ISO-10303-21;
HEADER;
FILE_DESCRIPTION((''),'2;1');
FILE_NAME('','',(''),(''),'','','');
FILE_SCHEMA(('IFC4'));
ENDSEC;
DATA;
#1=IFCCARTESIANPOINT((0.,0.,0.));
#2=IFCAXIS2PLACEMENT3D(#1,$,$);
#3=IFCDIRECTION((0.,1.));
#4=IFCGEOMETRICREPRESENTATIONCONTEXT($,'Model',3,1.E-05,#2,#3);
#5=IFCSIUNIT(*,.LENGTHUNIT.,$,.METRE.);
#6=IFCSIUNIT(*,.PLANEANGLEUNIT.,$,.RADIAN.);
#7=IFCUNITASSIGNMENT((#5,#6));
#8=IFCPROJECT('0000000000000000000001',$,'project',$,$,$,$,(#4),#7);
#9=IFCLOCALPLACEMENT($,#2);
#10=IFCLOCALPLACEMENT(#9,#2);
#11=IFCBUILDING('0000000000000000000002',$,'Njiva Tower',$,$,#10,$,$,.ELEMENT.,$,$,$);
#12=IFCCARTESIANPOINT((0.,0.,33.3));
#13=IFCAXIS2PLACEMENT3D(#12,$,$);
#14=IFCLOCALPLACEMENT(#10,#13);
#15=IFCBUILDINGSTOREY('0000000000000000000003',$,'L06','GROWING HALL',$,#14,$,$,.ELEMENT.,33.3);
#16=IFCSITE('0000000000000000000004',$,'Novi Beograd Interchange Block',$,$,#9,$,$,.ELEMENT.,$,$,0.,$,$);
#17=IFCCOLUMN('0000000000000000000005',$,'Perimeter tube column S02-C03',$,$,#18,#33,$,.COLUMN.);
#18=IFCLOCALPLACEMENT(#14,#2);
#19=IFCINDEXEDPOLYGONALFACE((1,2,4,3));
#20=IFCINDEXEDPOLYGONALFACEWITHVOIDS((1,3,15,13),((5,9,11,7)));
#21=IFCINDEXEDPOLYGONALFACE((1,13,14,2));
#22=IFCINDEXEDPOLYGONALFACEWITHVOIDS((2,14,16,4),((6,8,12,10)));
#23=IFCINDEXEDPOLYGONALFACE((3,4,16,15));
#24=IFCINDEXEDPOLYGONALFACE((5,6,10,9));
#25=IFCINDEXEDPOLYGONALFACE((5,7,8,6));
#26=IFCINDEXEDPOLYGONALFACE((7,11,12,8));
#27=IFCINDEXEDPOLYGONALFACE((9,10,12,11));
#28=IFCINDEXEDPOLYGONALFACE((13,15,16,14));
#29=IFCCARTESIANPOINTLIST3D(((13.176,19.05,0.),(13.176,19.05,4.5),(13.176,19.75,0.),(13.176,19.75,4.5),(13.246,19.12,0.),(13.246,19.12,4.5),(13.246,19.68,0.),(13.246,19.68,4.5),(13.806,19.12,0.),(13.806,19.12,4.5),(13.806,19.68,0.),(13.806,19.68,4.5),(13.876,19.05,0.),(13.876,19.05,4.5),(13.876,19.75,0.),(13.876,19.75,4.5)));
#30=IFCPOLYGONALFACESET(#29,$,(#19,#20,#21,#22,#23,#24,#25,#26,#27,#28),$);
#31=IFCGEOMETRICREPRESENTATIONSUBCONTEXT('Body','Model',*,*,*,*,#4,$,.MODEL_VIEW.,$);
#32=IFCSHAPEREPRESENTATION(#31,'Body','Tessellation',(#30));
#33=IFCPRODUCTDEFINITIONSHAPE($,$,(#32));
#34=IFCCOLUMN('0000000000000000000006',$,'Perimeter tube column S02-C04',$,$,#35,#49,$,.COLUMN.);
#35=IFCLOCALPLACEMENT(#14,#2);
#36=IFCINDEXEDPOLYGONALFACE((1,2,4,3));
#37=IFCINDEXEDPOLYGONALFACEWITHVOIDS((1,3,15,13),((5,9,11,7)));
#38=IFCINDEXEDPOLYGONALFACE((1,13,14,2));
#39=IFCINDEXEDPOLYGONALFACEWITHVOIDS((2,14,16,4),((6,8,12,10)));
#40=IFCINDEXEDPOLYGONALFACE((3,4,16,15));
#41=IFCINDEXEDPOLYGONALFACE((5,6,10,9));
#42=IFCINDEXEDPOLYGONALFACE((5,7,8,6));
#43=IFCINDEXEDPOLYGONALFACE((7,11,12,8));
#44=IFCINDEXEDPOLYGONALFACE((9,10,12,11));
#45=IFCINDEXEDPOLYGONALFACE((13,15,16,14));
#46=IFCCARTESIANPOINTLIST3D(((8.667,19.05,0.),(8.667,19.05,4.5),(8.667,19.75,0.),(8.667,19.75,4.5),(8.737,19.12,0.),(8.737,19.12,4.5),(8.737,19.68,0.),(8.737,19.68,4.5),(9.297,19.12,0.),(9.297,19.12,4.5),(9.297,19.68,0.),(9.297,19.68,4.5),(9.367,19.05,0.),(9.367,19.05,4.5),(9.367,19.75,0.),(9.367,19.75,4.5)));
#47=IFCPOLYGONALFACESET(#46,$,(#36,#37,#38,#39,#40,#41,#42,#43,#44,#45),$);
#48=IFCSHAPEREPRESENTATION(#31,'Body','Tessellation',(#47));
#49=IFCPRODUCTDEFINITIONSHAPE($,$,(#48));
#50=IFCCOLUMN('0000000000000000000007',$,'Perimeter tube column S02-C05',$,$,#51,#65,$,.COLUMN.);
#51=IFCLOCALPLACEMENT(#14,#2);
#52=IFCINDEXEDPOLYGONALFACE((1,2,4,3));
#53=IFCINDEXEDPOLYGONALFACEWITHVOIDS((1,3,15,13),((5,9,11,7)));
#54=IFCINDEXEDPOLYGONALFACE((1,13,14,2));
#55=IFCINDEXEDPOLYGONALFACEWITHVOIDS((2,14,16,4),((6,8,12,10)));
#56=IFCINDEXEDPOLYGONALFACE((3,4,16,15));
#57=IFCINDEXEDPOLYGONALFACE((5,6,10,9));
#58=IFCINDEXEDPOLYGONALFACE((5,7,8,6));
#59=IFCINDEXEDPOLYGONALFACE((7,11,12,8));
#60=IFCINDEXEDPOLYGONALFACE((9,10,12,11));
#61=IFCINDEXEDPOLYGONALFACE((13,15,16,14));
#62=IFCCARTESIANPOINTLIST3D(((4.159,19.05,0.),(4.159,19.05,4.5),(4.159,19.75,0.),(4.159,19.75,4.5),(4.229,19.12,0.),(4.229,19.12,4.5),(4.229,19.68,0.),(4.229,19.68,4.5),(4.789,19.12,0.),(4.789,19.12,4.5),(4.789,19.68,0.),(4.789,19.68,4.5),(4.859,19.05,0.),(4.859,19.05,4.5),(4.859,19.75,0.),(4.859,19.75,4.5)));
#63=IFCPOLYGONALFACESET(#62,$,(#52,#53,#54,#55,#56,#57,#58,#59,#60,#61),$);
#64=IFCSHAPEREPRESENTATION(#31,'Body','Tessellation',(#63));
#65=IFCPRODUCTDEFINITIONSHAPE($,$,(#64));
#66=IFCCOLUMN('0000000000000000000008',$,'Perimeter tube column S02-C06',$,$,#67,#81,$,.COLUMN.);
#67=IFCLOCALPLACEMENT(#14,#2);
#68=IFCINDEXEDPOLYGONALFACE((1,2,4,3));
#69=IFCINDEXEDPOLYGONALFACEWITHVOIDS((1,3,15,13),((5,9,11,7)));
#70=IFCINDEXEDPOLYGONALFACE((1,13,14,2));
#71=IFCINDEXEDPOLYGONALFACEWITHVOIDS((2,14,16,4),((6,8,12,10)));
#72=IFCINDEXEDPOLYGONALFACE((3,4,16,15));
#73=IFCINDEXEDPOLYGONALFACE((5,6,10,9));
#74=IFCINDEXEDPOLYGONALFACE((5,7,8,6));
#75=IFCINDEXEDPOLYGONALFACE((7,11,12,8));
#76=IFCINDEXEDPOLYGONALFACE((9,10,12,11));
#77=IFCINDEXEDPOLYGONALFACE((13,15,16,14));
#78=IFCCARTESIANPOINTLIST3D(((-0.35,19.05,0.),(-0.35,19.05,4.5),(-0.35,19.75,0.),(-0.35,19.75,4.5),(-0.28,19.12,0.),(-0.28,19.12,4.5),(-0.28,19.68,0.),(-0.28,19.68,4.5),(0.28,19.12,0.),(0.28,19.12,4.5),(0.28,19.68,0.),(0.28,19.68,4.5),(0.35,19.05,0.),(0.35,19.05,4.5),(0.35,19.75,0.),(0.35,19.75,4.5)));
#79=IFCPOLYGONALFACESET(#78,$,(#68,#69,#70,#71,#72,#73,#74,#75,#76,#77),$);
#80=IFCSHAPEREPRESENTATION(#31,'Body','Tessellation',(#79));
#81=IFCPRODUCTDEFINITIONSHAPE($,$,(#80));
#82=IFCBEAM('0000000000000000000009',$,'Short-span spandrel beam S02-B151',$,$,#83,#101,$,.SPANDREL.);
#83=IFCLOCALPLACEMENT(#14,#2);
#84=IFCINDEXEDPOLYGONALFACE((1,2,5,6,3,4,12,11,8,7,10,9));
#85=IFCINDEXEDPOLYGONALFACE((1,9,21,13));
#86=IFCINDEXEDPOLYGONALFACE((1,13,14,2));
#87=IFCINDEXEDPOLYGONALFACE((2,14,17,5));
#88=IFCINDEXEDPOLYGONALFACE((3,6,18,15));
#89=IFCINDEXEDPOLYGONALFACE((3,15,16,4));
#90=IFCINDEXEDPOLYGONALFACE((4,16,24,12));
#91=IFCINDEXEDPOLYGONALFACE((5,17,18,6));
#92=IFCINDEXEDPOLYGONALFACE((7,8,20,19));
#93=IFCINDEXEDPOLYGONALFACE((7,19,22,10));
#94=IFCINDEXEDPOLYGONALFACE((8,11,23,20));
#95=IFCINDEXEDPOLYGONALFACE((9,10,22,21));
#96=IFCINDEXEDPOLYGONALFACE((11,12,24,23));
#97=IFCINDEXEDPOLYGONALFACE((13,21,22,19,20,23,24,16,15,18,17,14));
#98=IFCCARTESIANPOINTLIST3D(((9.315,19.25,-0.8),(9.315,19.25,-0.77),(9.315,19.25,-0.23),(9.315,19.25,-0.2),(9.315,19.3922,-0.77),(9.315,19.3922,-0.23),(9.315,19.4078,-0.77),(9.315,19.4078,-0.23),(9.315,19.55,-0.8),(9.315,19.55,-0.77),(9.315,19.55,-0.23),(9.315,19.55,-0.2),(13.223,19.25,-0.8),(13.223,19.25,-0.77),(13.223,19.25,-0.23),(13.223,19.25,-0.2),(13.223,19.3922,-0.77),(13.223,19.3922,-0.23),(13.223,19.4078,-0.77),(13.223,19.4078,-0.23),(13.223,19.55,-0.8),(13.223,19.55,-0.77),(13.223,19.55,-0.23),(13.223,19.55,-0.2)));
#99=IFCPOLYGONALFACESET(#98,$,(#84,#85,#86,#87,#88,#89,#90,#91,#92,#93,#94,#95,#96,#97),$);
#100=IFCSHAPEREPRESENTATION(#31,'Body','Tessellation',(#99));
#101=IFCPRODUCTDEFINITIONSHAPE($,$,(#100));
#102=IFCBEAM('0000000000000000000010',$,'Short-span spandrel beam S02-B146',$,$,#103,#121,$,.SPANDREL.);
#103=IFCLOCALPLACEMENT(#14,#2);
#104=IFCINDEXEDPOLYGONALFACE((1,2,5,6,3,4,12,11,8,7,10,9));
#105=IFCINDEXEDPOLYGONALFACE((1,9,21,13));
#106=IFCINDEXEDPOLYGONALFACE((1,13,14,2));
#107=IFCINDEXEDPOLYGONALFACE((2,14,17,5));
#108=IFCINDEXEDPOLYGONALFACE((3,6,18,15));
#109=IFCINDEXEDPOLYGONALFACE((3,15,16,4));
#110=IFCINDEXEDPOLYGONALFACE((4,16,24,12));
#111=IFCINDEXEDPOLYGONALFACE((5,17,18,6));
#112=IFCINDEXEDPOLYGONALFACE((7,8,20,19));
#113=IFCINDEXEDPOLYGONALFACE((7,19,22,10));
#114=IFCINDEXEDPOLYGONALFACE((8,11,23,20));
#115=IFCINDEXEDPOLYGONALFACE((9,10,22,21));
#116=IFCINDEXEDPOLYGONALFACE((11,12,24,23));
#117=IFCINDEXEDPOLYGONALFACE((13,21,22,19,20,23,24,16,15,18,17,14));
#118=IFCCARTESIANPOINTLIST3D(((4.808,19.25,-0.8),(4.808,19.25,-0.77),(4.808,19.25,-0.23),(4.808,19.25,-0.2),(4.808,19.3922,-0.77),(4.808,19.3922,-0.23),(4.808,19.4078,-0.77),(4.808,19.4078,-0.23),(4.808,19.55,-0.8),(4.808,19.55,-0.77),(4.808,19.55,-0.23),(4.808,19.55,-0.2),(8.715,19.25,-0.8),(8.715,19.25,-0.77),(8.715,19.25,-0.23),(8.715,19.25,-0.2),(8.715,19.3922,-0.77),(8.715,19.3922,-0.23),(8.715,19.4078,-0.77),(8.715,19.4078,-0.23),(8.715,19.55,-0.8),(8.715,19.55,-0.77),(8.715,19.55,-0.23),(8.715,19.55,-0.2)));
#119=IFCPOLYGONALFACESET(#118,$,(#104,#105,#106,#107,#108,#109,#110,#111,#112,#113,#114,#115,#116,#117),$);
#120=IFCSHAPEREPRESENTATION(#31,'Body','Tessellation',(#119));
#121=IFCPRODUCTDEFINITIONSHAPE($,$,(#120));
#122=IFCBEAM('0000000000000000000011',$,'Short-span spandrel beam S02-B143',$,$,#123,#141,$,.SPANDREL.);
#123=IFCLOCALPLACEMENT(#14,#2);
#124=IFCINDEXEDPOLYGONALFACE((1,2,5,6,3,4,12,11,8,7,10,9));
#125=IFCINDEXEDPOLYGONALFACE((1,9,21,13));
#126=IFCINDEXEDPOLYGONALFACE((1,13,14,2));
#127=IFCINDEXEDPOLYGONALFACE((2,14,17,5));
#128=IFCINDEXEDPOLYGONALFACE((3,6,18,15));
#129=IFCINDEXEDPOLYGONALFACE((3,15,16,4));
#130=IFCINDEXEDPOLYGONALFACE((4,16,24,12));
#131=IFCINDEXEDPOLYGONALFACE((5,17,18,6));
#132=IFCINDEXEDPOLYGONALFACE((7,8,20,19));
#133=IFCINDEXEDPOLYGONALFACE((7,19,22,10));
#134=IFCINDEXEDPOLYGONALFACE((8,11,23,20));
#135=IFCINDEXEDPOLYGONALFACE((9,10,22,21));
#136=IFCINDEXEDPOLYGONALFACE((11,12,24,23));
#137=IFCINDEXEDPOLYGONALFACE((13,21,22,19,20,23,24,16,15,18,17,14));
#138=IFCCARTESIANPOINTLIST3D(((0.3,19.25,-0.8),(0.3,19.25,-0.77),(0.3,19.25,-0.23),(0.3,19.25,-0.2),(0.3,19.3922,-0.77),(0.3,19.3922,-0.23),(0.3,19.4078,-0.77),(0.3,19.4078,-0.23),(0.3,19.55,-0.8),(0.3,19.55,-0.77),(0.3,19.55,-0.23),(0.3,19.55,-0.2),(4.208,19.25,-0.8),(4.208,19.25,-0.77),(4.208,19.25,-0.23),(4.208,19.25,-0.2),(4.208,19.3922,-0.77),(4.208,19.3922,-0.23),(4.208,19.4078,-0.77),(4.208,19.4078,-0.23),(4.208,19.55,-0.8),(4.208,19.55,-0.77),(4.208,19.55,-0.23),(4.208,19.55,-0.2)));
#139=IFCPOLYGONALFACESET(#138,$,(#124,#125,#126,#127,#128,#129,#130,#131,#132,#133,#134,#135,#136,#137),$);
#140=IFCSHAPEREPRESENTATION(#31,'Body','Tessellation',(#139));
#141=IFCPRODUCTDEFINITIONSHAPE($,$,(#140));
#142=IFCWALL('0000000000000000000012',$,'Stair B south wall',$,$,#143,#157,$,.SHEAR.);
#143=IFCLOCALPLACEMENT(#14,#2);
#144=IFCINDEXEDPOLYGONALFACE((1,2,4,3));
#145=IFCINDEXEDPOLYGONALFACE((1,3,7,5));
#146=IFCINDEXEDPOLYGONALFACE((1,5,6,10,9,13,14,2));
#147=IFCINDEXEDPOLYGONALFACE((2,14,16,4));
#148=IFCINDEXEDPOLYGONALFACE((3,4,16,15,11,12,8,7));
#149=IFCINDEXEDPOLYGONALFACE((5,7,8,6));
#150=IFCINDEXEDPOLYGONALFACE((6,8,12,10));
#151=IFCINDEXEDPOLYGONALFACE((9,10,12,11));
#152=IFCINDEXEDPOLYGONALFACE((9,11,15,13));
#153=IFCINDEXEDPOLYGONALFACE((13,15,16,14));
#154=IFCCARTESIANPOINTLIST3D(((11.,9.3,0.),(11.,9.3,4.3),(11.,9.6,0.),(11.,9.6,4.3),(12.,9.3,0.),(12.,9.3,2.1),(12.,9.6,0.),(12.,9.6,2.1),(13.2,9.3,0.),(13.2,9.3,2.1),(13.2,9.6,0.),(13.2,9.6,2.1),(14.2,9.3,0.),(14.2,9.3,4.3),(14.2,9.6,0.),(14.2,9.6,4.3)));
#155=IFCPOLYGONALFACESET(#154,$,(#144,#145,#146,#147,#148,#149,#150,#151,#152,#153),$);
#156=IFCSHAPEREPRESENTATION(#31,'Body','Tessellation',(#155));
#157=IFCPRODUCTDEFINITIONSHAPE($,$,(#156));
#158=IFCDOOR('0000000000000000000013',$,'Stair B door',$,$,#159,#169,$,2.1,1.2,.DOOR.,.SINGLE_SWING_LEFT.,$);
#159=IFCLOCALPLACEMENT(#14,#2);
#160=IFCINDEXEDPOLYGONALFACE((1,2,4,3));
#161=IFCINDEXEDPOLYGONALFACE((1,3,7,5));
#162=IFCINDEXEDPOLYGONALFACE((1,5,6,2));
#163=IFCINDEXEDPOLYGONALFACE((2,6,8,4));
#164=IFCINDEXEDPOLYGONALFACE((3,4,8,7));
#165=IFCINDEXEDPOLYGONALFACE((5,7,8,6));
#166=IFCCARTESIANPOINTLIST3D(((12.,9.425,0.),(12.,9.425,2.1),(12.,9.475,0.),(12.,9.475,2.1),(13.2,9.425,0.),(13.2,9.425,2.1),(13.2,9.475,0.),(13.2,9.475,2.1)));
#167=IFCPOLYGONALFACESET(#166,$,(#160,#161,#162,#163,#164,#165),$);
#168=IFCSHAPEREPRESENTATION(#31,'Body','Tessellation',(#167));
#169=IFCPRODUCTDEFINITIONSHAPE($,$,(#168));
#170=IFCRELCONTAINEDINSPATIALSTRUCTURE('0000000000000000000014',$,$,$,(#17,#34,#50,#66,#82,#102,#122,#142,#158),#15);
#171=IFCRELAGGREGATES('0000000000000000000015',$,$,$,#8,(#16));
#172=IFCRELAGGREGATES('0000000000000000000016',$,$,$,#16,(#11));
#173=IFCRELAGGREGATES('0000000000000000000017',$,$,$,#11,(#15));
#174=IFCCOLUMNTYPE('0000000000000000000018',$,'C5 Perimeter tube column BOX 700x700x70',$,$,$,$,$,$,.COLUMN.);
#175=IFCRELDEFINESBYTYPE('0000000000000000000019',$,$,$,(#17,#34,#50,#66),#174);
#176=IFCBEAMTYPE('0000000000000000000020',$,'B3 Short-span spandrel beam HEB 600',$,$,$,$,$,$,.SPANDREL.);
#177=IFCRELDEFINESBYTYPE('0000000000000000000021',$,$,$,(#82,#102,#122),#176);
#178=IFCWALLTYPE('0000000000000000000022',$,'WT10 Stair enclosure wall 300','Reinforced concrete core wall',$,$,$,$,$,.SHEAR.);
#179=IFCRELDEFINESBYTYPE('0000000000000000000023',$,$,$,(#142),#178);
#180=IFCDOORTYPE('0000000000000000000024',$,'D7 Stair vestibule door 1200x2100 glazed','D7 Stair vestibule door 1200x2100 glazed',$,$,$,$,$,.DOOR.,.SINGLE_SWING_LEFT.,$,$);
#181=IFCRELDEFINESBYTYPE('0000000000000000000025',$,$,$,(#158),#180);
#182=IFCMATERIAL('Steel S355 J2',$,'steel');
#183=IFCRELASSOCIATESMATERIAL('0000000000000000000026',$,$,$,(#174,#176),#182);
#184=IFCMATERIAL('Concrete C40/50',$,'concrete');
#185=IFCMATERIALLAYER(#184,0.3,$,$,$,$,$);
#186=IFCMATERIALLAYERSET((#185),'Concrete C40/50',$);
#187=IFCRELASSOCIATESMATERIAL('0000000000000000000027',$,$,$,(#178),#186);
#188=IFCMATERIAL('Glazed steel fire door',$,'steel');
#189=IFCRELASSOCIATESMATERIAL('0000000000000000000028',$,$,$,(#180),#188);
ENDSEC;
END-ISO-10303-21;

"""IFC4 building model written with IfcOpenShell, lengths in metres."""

from ifc_helpers import new_model, si_unit, direction, frame, frame_2d, origin, origin_2d, place, context, subcontext, project, spatial, rectangle, hollow_rectangle, i_section, extrude, material, layer, layer_set, material_profile, profile_set, type_object, element, fill, save


model = new_model("IFC4")

# Units and contexts
model_context = context("Model", 3, precision=1e-05, world=origin(), true_north=direction((0.0, 1.0)))
body_context = subcontext(model_context, "Body", "Model", "MODEL_VIEW")
ifc_project = project(units=[si_unit("LENGTHUNIT", "METRE"), si_unit("PLANEANGLEUNIT", "RADIAN")], contexts=[model_context])

# Site, building, storey
site_placement = place(None, origin())
site = spatial("IfcSite", under=ifc_project, at=site_placement, Name="Novi Beograd Interchange Block", CompositionType="ELEMENT", RefElevation=0.0)
building_placement = place(site_placement, origin())
building = spatial("IfcBuilding", under=site, at=building_placement, Name="Njiva Tower", CompositionType="ELEMENT")
storey_placement = place(building_placement, frame((0.0, 0.0, 33.3)))
storey = spatial("IfcBuildingStorey", under=building, at=storey_placement, Name="L06", Description="GROWING HALL", CompositionType="ELEMENT", Elevation=33.3)

# Columns
ifc_material_1 = material(Name="Steel S355 J2", Category="steel")
ifc_material_profile_1 = material_profile(ifc_material_1, hollow_rectangle(XDim=0.7, YDim=0.7, WallThickness=0.07, at=origin_2d()), Name="BOX 700x700x70")
ifc_profile_set_1 = profile_set([ifc_material_profile_1], Name="Steel S355 J2")
column_type = type_object("IfcColumnType", Name="C5 Perimeter tube column BOX 700x700x70", PredefinedType="COLUMN", material=ifc_profile_set_1)
for number, where, z_axis, x_axis, name in (
    (1, (13.526, 19.4, 0.0), (0.0, 0.0, 1.0), (-1.0, 0.0, 0.0), "Perimeter tube column S02-C03"),
    (2, (9.017, 19.4, 0.0), (0.0, 0.0, 1.0), (-1.0, 0.0, 0.0), "Perimeter tube column S02-C04"),
    (3, (4.509, 19.4, 0.0), (0.0, 0.0, 1.0), (-1.0, 0.0, 0.0), "Perimeter tube column S02-C05"),
    (4, (0.0, 19.4, 0.0), (0.0, 0.0, 1.0), (-1.0, 0.0, 0.0), "Perimeter tube column S02-C06"),
):
    element("IfcColumn", number, at=place(storey_placement, frame(where, z_axis=z_axis, x_axis=x_axis)), inside=storey, type_object=column_type, Name=name, PredefinedType="COLUMN", context=body_context, shape_type="SweptSolid", body=[
        extrude(hollow_rectangle(XDim=0.7, YDim=0.7, WallThickness=0.07, at=origin_2d()), origin(), (0.0, 0.0, 1.0), 4.5),
    ])

# Beams
ifc_material_profile_2 = material_profile(ifc_material_1, i_section(OverallWidth=0.3, OverallDepth=0.6, WebThickness=0.0155, FlangeThickness=0.03, at=origin_2d()), Name="HEB 600")
ifc_profile_set_2 = profile_set([ifc_material_profile_2], Name="Steel S355 J2")
beam_type = type_object("IfcBeamType", Name="B3 Short-span spandrel beam HEB 600", PredefinedType="SPANDREL", material=ifc_profile_set_2)
beam_1_placement = place(storey_placement, frame((13.223, 19.4, -0.5), z_axis=(-1.0, 0.0, 0.0), x_axis=(0.0, -1.0, 0.0)))
element("IfcBeam", 5, at=beam_1_placement, inside=storey, type_object=beam_type, Name="Short-span spandrel beam S02-B151", PredefinedType="SPANDREL", context=body_context, shape_type="SweptSolid", body=[
    extrude(i_section(OverallWidth=0.3, OverallDepth=0.6, WebThickness=0.0155, FlangeThickness=0.03, at=origin_2d()), origin(), (0.0, 0.0, 1.0), 3.908),
])
beam_2_placement = place(storey_placement, frame((8.715, 19.4, -0.5), z_axis=(-1.0, 0.0, 0.0), x_axis=(0.0, -1.0, 0.0)))
element("IfcBeam", 6, at=beam_2_placement, inside=storey, type_object=beam_type, Name="Short-span spandrel beam S02-B146", PredefinedType="SPANDREL", context=body_context, shape_type="SweptSolid", body=[
    extrude(i_section(OverallWidth=0.3, OverallDepth=0.6, WebThickness=0.0155, FlangeThickness=0.03, at=origin_2d()), origin(), (0.0, 0.0, 1.0), 3.907),
])
beam_3_placement = place(storey_placement, frame((4.208, 19.4, -0.5), z_axis=(-1.0, 0.0, 0.0), x_axis=(0.0, -1.0, 0.0)))
element("IfcBeam", 7, at=beam_3_placement, inside=storey, type_object=beam_type, Name="Short-span spandrel beam S02-B143", PredefinedType="SPANDREL", context=body_context, shape_type="SweptSolid", body=[
    extrude(i_section(OverallWidth=0.3, OverallDepth=0.6, WebThickness=0.0155, FlangeThickness=0.03, at=origin_2d()), origin(), (0.0, 0.0, 1.0), 3.908),
])

# Wall, opening, door
ifc_material_2 = material(Name="Concrete C40/50", Category="concrete")
ifc_layer_1 = layer(ifc_material_2, 0.3)
ifc_layer_set_1 = layer_set([ifc_layer_1], Name="Concrete C40/50")
wall_type_1 = type_object("IfcWallType", Name="WT10 Stair enclosure wall 300", Description="Reinforced concrete core wall", PredefinedType="SHEAR", material=ifc_layer_set_1)
wall_1_placement = place(storey_placement, frame((11.0, 9.45, 0.0), z_axis=(0.0, 0.0, 1.0), x_axis=(1.0, 0.0, 0.0)))
wall_1 = element("IfcWall", 8, at=wall_1_placement, inside=storey, type_object=wall_type_1, Name="Stair B south wall", PredefinedType="SHEAR", context=body_context, shape_type="SweptSolid", body=[
    extrude(rectangle(XDim=3.2, YDim=0.3, at=frame_2d((1.6, 0.0))), origin(), (0.0, 0.0, 1.0), 4.3),
])
opening_1_placement = place(wall_1_placement, frame((1.0, 0.0, 0.0)))
opening_1 = element("IfcOpeningElement", 9, at=opening_1_placement, cuts=wall_1, PredefinedType="OPENING", context=body_context, shape_type="SweptSolid", body=[
    extrude(rectangle(XDim=1.2, YDim=2.1, at=frame_2d((0.6, 1.05))), frame((0.0, 0.16, 0.0), z_axis=(0.0, -1.0, 0.0), x_axis=(1.0, 0.0, 0.0)), (0.0, 0.0, 1.0), 0.32),
])
ifc_material_3 = material(Name="Glazed steel fire door", Category="steel")
door_type_1 = type_object("IfcDoorType", Name="D7 Stair vestibule door 1200x2100 glazed", Description="D7 Stair vestibule door 1200x2100 glazed", OperationType="SINGLE_SWING_LEFT", PredefinedType="DOOR", material=ifc_material_3)
door_1_placement = place(opening_1_placement, origin())
door_1 = element("IfcDoor", 10, at=door_1_placement, inside=storey, type_object=door_type_1, Name="Stair B door", OperationType="SINGLE_SWING_LEFT", OverallHeight=2.1, OverallWidth=1.2, PredefinedType="DOOR", context=body_context, shape_type="SweptSolid", body=[
    extrude(rectangle(XDim=1.2, YDim=2.1, at=frame_2d((0.6, 1.05))), frame((0.0, 0.025, 0.0), z_axis=(0.0, -1.0, 0.0), x_axis=(1.0, 0.0, 0.0)), (0.0, 0.0, 1.0), 0.05),
])
fill(opening_1, door_1)

save(model, "model.ifc")
